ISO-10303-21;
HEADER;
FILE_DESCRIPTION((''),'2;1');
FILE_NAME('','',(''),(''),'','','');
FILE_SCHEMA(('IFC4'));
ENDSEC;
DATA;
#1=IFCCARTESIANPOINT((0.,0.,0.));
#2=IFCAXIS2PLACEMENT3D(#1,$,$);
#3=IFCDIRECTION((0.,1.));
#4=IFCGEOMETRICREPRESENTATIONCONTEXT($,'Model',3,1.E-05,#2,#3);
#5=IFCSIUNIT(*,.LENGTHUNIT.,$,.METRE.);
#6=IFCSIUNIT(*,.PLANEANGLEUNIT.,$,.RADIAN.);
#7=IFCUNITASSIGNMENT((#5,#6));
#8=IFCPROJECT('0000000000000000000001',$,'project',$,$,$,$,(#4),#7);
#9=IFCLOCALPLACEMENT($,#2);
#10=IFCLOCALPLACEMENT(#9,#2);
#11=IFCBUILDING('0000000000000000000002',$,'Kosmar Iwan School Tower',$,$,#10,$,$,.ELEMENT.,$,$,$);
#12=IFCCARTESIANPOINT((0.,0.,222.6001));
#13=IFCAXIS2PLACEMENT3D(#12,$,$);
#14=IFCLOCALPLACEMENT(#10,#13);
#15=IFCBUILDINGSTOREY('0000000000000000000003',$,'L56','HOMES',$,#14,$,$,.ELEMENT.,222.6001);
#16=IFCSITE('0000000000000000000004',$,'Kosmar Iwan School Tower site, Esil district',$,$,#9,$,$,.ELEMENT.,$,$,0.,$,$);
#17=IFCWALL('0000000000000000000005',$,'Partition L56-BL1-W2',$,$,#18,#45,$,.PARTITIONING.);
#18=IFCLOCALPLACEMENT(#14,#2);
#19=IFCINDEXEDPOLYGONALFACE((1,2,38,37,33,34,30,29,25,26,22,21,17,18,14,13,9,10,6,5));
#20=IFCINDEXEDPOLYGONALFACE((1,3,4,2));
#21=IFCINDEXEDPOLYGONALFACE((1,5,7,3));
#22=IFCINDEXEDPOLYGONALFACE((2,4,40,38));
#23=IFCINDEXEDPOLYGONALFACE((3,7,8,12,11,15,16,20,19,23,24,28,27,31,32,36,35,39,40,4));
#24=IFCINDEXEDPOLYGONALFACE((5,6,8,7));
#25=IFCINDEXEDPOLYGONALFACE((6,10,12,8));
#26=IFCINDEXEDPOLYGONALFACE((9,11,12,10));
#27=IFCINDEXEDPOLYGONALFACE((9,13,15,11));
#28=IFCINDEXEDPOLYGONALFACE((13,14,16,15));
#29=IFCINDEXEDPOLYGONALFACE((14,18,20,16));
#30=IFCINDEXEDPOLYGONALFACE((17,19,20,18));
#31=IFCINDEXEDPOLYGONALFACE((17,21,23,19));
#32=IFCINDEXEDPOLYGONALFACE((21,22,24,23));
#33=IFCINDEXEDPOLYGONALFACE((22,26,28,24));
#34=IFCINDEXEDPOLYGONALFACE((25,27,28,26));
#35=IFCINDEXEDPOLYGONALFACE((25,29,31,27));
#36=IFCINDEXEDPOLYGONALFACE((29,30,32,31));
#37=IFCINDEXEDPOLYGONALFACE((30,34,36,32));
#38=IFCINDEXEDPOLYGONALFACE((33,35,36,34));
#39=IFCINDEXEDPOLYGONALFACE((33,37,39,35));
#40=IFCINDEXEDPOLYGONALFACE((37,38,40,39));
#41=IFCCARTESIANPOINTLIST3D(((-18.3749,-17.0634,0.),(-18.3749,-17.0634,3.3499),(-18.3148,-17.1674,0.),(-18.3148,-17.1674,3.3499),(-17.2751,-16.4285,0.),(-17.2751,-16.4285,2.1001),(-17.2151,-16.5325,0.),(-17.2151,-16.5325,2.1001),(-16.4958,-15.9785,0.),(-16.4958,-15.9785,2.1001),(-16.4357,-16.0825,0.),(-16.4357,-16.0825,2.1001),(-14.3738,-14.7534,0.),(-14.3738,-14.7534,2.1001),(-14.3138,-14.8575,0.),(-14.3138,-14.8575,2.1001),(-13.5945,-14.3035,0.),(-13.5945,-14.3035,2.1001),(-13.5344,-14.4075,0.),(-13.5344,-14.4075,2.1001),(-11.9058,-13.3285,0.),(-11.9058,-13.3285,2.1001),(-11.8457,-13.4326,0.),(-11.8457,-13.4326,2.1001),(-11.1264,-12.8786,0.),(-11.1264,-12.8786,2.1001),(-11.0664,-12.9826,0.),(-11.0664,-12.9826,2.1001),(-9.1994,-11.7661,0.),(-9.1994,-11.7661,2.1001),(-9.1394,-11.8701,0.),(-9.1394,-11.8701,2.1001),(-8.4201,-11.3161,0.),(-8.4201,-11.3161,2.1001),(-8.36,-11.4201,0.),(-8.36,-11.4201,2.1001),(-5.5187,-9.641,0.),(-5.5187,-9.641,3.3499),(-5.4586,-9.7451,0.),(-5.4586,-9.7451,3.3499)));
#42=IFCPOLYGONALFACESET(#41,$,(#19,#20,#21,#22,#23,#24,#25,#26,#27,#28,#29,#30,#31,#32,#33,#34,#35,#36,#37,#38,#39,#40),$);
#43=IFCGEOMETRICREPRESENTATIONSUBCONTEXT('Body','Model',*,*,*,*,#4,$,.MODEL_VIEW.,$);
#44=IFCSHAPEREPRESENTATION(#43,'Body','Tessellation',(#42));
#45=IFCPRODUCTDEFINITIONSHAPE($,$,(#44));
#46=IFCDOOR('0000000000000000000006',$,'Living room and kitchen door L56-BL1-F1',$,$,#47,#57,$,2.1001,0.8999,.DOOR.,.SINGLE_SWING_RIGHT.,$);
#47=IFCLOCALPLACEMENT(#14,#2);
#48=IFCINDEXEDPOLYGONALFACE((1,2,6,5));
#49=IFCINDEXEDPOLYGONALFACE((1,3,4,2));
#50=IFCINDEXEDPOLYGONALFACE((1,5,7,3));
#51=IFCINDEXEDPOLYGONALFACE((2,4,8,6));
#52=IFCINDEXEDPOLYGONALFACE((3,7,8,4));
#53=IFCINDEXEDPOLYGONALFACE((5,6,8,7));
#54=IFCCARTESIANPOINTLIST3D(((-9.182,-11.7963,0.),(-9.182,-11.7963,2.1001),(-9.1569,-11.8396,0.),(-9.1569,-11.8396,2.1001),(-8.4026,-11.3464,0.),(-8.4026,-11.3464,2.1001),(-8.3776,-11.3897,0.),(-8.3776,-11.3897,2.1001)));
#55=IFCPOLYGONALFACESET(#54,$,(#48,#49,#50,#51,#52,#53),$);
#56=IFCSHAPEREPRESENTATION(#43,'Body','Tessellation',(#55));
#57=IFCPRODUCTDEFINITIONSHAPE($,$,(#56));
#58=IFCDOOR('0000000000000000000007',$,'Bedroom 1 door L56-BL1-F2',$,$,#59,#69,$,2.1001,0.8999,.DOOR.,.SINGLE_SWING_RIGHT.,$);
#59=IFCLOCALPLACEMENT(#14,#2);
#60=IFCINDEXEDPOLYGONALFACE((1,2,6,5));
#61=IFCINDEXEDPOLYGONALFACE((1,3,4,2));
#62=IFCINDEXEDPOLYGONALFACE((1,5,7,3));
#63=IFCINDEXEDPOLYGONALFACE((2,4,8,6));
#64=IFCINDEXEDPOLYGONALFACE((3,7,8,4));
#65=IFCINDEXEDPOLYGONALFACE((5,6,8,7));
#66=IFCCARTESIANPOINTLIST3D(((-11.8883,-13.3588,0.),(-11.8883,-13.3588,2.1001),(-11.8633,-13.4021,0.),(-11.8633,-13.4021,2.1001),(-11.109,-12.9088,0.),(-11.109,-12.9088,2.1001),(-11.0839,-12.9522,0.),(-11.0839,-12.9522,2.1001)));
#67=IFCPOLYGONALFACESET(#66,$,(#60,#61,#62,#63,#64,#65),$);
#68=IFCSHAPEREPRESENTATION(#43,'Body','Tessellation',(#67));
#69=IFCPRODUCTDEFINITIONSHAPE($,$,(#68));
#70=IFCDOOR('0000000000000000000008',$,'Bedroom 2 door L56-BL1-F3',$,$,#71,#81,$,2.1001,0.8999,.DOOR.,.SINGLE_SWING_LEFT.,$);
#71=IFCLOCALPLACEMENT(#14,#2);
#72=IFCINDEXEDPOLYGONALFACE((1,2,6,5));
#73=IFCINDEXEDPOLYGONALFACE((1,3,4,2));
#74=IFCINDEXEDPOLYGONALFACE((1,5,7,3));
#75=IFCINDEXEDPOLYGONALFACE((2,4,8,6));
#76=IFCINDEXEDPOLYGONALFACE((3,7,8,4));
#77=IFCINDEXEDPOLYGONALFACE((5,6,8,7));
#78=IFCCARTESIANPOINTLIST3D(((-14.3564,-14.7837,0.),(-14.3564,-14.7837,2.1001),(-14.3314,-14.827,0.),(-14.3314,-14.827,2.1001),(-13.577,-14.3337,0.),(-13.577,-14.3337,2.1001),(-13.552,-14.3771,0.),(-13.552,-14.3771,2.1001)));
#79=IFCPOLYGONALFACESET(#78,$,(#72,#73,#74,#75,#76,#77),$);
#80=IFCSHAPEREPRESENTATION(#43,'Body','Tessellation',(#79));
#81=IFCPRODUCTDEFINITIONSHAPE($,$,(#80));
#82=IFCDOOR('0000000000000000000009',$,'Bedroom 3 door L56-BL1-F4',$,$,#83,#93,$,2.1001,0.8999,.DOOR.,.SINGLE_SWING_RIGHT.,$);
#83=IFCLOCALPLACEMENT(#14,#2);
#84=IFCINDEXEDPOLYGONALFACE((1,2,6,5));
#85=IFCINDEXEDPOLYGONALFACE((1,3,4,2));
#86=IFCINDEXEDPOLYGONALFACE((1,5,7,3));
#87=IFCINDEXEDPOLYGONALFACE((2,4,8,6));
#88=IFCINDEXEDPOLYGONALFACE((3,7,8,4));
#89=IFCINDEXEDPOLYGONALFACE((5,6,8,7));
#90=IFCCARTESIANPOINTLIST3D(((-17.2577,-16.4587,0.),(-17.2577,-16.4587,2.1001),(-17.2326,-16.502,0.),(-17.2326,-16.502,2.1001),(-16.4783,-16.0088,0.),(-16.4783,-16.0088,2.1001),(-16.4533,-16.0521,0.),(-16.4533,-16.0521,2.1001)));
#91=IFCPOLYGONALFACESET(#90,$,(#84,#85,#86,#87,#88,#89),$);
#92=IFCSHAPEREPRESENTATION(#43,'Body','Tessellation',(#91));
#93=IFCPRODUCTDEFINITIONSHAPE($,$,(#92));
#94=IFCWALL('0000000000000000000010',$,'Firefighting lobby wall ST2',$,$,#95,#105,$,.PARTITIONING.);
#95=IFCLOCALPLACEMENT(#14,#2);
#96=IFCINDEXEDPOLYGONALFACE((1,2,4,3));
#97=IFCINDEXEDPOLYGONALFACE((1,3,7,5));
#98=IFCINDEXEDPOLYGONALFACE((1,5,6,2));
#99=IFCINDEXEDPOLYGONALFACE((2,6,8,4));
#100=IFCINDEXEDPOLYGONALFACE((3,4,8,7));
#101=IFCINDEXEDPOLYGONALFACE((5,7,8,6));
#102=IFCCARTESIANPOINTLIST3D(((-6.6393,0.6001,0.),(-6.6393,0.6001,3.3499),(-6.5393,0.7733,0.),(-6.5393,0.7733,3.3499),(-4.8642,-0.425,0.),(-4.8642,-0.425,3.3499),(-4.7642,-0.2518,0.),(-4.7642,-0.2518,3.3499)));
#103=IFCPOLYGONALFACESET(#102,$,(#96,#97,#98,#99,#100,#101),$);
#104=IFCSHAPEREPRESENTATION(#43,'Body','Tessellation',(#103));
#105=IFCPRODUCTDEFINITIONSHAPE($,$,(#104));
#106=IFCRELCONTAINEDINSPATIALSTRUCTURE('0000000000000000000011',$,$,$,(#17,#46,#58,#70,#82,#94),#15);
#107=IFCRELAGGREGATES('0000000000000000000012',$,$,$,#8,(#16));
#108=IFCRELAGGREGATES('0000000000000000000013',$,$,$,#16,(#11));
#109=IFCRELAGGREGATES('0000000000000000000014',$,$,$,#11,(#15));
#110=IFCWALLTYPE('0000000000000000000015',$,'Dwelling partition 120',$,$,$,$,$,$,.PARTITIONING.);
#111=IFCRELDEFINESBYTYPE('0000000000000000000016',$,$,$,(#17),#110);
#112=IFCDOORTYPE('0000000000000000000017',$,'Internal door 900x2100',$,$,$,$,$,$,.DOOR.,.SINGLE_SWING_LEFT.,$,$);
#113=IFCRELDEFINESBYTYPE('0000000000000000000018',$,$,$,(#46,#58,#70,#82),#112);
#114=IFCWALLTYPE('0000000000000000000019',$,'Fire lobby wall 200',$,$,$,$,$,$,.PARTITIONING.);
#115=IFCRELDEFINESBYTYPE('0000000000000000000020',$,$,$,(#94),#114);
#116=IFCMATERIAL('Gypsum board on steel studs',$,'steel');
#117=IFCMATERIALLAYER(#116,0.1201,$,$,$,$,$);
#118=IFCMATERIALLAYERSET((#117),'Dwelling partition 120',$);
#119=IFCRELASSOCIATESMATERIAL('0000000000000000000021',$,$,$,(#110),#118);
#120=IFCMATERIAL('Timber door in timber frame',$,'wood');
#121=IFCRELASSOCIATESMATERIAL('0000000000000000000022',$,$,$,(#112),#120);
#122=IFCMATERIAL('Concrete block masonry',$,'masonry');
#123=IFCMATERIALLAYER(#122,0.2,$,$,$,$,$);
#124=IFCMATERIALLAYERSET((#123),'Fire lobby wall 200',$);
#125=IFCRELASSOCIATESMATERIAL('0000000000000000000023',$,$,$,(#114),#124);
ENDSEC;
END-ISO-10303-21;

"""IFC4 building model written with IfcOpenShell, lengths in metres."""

from ifc_helpers import new_model, si_unit, direction, frame, frame_2d, origin, place, context, subcontext, project, spatial, rectangle, extrude, material, layer, layer_set, type_object, element, fill, save


model = new_model("IFC4")

# Units and contexts
model_context = context("Model", 3, precision=1e-05, world=origin(), true_north=direction((0.0, 1.0)))
body_context = subcontext(model_context, "Body", "Model", "MODEL_VIEW")
ifc_project = project(units=[si_unit("LENGTHUNIT", "METRE"), si_unit("PLANEANGLEUNIT", "RADIAN")], contexts=[model_context])

# Site, building, storey
site_placement = place(None, origin())
site = spatial("IfcSite", under=ifc_project, at=site_placement, Name="Kosmar Iwan School Tower site, Esil district", CompositionType="ELEMENT", RefElevation=0.0)
building_placement = place(site_placement, origin())
building = spatial("IfcBuilding", under=site, at=building_placement, Name="Kosmar Iwan School Tower", CompositionType="ELEMENT")
storey_placement = place(building_placement, frame((0.0, 0.0, 222.6001)))
storey = spatial("IfcBuildingStorey", under=building, at=storey_placement, Name="L56", Description="HOMES", CompositionType="ELEMENT", Elevation=222.6001)

# Wall, openings, doors
ifc_material_1 = material(Name="Gypsum board on steel studs", Category="steel")
ifc_layer_1 = layer(ifc_material_1, 0.1201)
ifc_layer_set_1 = layer_set([ifc_layer_1], Name="Dwelling partition 120")
wall_type_1 = type_object("IfcWallType", Name="Dwelling partition 120", PredefinedType="PARTITIONING", material=ifc_layer_set_1)
ifc_material_2 = material(Name="Timber door in timber frame", Category="wood")
door_type_1 = type_object("IfcDoorType", Name="Internal door 900x2100", OperationType="SINGLE_SWING_LEFT", PredefinedType="DOOR", material=ifc_material_2)
wall_1_placement = place(storey_placement, frame((-5.4888, -9.6931, 0.0), z_axis=(0.0, 0.0, 1.0), x_axis=(-0.86603, -0.499992, 0.0)))
wall_1 = element("IfcWall", 1, at=wall_1_placement, inside=storey, type_object=wall_type_1, Name="Partition L56-BL1-W2", PredefinedType="PARTITIONING", context=body_context, shape_type="SweptSolid", body=[
    extrude(rectangle(XDim=14.845, YDim=0.1201, at=frame_2d((7.4224, 0.0))), origin(), (0.0, 0.0, 1.0), 3.3499),
])
opening_1_placement = place(wall_1_placement, frame((3.3501, 0.0, 0.0)))
opening_1 = element("IfcOpeningElement", 2, at=opening_1_placement, cuts=wall_1, PredefinedType="OPENING", context=body_context, shape_type="SweptSolid", body=[
    extrude(rectangle(XDim=0.8999, YDim=2.1001, at=frame_2d((0.45, 1.05))), frame((0.0, 0.072, 0.0), z_axis=(0.0, -1.0, 0.0), x_axis=(1.0, 0.0, 0.0)), (0.0, 0.0, 1.0), 0.144),
])
opening_2_placement = place(wall_1_placement, frame((6.4751, 0.0, 0.0)))
opening_2 = element("IfcOpeningElement", 3, at=opening_2_placement, cuts=wall_1, PredefinedType="OPENING", context=body_context, shape_type="SweptSolid", body=[
    extrude(rectangle(XDim=0.8999, YDim=2.1001, at=frame_2d((0.45, 1.05))), frame((0.0, 0.072, 0.0), z_axis=(0.0, -1.0, 0.0), x_axis=(1.0, 0.0, 0.0)), (0.0, 0.0, 1.0), 0.144),
])
opening_3_placement = place(wall_1_placement, frame((9.325, 0.0, 0.0)))
opening_3 = element("IfcOpeningElement", 4, at=opening_3_placement, cuts=wall_1, PredefinedType="OPENING", context=body_context, shape_type="SweptSolid", body=[
    extrude(rectangle(XDim=0.8999, YDim=2.1001, at=frame_2d((0.45, 1.05))), frame((0.0, 0.072, 0.0), z_axis=(0.0, -1.0, 0.0), x_axis=(1.0, 0.0, 0.0)), (0.0, 0.0, 1.0), 0.144),
])
opening_4_placement = place(wall_1_placement, frame((12.675, 0.0, 0.0)))
opening_4 = element("IfcOpeningElement", 5, at=opening_4_placement, cuts=wall_1, PredefinedType="OPENING", context=body_context, shape_type="SweptSolid", body=[
    extrude(rectangle(XDim=0.8999, YDim=2.1001, at=frame_2d((0.45, 1.05))), frame((0.0, 0.072, 0.0), z_axis=(0.0, -1.0, 0.0), x_axis=(1.0, 0.0, 0.0)), (0.0, 0.0, 1.0), 0.144),
])
door_1_placement = place(opening_1_placement, origin())
door_1 = element("IfcDoor", 6, at=door_1_placement, inside=storey, type_object=door_type_1, Name="Living room and kitchen door L56-BL1-F1", OperationType="SINGLE_SWING_RIGHT", OverallHeight=2.1001, OverallWidth=0.8999, PredefinedType="DOOR", context=body_context, shape_type="SweptSolid", body=[
    extrude(rectangle(XDim=0.8999, YDim=2.1001, at=frame_2d((0.45, 1.05))), frame((0.0, 0.0249, 0.0), z_axis=(0.0, -1.0, 0.0), x_axis=(1.0, 0.0, 0.0)), (0.0, 0.0, 1.0), 0.05),
])
fill(opening_1, door_1)
door_2_placement = place(opening_2_placement, origin())
door_2 = element("IfcDoor", 7, at=door_2_placement, inside=storey, type_object=door_type_1, Name="Bedroom 1 door L56-BL1-F2", OperationType="SINGLE_SWING_RIGHT", OverallHeight=2.1001, OverallWidth=0.8999, PredefinedType="DOOR", context=body_context, shape_type="SweptSolid", body=[
    extrude(rectangle(XDim=0.8999, YDim=2.1001, at=frame_2d((0.45, 1.05))), frame((0.0, 0.0249, 0.0), z_axis=(0.0, -1.0, 0.0), x_axis=(1.0, 0.0, 0.0)), (0.0, 0.0, 1.0), 0.05),
])
fill(opening_2, door_2)
door_3_placement = place(opening_3_placement, origin())
door_3 = element("IfcDoor", 8, at=door_3_placement, inside=storey, type_object=door_type_1, Name="Bedroom 2 door L56-BL1-F3", OperationType="SINGLE_SWING_LEFT", OverallHeight=2.1001, OverallWidth=0.8999, PredefinedType="DOOR", context=body_context, shape_type="SweptSolid", body=[
    extrude(rectangle(XDim=0.8999, YDim=2.1001, at=frame_2d((0.45, 1.05))), frame((0.0, 0.0249, 0.0), z_axis=(0.0, -1.0, 0.0), x_axis=(1.0, 0.0, 0.0)), (0.0, 0.0, 1.0), 0.05),
])
fill(opening_3, door_3)
door_4_placement = place(opening_4_placement, origin())
door_4 = element("IfcDoor", 9, at=door_4_placement, inside=storey, type_object=door_type_1, Name="Bedroom 3 door L56-BL1-F4", OperationType="SINGLE_SWING_RIGHT", OverallHeight=2.1001, OverallWidth=0.8999, PredefinedType="DOOR", context=body_context, shape_type="SweptSolid", body=[
    extrude(rectangle(XDim=0.8999, YDim=2.1001, at=frame_2d((0.45, 1.05))), frame((0.0, 0.0249, 0.0), z_axis=(0.0, -1.0, 0.0), x_axis=(1.0, 0.0, 0.0)), (0.0, 0.0, 1.0), 0.05),
])
fill(opening_4, door_4)

# Wall
ifc_material_3 = material(Name="Concrete block masonry", Category="masonry")
ifc_layer_2 = layer(ifc_material_3, 0.2)
ifc_layer_set_2 = layer_set([ifc_layer_2], Name="Fire lobby wall 200")
wall_type_2 = type_object("IfcWallType", Name="Fire lobby wall 200", PredefinedType="PARTITIONING", material=ifc_layer_set_2)
wall_2_placement = place(storey_placement, frame((-4.8142, -0.3384, 0.0), z_axis=(0.0, 0.0, 1.0), x_axis=(-0.865969, 0.500097, 0.0)))
element("IfcWall", 10, at=wall_2_placement, inside=storey, type_object=wall_type_2, Name="Firefighting lobby wall ST2", PredefinedType="PARTITIONING", context=body_context, shape_type="SweptSolid", body=[
    extrude(rectangle(XDim=2.0498, YDim=0.2, at=frame_2d((1.0249, 0.0))), origin(), (0.0, 0.0, 1.0), 3.3499),
])

save(model, "model.ifc")
